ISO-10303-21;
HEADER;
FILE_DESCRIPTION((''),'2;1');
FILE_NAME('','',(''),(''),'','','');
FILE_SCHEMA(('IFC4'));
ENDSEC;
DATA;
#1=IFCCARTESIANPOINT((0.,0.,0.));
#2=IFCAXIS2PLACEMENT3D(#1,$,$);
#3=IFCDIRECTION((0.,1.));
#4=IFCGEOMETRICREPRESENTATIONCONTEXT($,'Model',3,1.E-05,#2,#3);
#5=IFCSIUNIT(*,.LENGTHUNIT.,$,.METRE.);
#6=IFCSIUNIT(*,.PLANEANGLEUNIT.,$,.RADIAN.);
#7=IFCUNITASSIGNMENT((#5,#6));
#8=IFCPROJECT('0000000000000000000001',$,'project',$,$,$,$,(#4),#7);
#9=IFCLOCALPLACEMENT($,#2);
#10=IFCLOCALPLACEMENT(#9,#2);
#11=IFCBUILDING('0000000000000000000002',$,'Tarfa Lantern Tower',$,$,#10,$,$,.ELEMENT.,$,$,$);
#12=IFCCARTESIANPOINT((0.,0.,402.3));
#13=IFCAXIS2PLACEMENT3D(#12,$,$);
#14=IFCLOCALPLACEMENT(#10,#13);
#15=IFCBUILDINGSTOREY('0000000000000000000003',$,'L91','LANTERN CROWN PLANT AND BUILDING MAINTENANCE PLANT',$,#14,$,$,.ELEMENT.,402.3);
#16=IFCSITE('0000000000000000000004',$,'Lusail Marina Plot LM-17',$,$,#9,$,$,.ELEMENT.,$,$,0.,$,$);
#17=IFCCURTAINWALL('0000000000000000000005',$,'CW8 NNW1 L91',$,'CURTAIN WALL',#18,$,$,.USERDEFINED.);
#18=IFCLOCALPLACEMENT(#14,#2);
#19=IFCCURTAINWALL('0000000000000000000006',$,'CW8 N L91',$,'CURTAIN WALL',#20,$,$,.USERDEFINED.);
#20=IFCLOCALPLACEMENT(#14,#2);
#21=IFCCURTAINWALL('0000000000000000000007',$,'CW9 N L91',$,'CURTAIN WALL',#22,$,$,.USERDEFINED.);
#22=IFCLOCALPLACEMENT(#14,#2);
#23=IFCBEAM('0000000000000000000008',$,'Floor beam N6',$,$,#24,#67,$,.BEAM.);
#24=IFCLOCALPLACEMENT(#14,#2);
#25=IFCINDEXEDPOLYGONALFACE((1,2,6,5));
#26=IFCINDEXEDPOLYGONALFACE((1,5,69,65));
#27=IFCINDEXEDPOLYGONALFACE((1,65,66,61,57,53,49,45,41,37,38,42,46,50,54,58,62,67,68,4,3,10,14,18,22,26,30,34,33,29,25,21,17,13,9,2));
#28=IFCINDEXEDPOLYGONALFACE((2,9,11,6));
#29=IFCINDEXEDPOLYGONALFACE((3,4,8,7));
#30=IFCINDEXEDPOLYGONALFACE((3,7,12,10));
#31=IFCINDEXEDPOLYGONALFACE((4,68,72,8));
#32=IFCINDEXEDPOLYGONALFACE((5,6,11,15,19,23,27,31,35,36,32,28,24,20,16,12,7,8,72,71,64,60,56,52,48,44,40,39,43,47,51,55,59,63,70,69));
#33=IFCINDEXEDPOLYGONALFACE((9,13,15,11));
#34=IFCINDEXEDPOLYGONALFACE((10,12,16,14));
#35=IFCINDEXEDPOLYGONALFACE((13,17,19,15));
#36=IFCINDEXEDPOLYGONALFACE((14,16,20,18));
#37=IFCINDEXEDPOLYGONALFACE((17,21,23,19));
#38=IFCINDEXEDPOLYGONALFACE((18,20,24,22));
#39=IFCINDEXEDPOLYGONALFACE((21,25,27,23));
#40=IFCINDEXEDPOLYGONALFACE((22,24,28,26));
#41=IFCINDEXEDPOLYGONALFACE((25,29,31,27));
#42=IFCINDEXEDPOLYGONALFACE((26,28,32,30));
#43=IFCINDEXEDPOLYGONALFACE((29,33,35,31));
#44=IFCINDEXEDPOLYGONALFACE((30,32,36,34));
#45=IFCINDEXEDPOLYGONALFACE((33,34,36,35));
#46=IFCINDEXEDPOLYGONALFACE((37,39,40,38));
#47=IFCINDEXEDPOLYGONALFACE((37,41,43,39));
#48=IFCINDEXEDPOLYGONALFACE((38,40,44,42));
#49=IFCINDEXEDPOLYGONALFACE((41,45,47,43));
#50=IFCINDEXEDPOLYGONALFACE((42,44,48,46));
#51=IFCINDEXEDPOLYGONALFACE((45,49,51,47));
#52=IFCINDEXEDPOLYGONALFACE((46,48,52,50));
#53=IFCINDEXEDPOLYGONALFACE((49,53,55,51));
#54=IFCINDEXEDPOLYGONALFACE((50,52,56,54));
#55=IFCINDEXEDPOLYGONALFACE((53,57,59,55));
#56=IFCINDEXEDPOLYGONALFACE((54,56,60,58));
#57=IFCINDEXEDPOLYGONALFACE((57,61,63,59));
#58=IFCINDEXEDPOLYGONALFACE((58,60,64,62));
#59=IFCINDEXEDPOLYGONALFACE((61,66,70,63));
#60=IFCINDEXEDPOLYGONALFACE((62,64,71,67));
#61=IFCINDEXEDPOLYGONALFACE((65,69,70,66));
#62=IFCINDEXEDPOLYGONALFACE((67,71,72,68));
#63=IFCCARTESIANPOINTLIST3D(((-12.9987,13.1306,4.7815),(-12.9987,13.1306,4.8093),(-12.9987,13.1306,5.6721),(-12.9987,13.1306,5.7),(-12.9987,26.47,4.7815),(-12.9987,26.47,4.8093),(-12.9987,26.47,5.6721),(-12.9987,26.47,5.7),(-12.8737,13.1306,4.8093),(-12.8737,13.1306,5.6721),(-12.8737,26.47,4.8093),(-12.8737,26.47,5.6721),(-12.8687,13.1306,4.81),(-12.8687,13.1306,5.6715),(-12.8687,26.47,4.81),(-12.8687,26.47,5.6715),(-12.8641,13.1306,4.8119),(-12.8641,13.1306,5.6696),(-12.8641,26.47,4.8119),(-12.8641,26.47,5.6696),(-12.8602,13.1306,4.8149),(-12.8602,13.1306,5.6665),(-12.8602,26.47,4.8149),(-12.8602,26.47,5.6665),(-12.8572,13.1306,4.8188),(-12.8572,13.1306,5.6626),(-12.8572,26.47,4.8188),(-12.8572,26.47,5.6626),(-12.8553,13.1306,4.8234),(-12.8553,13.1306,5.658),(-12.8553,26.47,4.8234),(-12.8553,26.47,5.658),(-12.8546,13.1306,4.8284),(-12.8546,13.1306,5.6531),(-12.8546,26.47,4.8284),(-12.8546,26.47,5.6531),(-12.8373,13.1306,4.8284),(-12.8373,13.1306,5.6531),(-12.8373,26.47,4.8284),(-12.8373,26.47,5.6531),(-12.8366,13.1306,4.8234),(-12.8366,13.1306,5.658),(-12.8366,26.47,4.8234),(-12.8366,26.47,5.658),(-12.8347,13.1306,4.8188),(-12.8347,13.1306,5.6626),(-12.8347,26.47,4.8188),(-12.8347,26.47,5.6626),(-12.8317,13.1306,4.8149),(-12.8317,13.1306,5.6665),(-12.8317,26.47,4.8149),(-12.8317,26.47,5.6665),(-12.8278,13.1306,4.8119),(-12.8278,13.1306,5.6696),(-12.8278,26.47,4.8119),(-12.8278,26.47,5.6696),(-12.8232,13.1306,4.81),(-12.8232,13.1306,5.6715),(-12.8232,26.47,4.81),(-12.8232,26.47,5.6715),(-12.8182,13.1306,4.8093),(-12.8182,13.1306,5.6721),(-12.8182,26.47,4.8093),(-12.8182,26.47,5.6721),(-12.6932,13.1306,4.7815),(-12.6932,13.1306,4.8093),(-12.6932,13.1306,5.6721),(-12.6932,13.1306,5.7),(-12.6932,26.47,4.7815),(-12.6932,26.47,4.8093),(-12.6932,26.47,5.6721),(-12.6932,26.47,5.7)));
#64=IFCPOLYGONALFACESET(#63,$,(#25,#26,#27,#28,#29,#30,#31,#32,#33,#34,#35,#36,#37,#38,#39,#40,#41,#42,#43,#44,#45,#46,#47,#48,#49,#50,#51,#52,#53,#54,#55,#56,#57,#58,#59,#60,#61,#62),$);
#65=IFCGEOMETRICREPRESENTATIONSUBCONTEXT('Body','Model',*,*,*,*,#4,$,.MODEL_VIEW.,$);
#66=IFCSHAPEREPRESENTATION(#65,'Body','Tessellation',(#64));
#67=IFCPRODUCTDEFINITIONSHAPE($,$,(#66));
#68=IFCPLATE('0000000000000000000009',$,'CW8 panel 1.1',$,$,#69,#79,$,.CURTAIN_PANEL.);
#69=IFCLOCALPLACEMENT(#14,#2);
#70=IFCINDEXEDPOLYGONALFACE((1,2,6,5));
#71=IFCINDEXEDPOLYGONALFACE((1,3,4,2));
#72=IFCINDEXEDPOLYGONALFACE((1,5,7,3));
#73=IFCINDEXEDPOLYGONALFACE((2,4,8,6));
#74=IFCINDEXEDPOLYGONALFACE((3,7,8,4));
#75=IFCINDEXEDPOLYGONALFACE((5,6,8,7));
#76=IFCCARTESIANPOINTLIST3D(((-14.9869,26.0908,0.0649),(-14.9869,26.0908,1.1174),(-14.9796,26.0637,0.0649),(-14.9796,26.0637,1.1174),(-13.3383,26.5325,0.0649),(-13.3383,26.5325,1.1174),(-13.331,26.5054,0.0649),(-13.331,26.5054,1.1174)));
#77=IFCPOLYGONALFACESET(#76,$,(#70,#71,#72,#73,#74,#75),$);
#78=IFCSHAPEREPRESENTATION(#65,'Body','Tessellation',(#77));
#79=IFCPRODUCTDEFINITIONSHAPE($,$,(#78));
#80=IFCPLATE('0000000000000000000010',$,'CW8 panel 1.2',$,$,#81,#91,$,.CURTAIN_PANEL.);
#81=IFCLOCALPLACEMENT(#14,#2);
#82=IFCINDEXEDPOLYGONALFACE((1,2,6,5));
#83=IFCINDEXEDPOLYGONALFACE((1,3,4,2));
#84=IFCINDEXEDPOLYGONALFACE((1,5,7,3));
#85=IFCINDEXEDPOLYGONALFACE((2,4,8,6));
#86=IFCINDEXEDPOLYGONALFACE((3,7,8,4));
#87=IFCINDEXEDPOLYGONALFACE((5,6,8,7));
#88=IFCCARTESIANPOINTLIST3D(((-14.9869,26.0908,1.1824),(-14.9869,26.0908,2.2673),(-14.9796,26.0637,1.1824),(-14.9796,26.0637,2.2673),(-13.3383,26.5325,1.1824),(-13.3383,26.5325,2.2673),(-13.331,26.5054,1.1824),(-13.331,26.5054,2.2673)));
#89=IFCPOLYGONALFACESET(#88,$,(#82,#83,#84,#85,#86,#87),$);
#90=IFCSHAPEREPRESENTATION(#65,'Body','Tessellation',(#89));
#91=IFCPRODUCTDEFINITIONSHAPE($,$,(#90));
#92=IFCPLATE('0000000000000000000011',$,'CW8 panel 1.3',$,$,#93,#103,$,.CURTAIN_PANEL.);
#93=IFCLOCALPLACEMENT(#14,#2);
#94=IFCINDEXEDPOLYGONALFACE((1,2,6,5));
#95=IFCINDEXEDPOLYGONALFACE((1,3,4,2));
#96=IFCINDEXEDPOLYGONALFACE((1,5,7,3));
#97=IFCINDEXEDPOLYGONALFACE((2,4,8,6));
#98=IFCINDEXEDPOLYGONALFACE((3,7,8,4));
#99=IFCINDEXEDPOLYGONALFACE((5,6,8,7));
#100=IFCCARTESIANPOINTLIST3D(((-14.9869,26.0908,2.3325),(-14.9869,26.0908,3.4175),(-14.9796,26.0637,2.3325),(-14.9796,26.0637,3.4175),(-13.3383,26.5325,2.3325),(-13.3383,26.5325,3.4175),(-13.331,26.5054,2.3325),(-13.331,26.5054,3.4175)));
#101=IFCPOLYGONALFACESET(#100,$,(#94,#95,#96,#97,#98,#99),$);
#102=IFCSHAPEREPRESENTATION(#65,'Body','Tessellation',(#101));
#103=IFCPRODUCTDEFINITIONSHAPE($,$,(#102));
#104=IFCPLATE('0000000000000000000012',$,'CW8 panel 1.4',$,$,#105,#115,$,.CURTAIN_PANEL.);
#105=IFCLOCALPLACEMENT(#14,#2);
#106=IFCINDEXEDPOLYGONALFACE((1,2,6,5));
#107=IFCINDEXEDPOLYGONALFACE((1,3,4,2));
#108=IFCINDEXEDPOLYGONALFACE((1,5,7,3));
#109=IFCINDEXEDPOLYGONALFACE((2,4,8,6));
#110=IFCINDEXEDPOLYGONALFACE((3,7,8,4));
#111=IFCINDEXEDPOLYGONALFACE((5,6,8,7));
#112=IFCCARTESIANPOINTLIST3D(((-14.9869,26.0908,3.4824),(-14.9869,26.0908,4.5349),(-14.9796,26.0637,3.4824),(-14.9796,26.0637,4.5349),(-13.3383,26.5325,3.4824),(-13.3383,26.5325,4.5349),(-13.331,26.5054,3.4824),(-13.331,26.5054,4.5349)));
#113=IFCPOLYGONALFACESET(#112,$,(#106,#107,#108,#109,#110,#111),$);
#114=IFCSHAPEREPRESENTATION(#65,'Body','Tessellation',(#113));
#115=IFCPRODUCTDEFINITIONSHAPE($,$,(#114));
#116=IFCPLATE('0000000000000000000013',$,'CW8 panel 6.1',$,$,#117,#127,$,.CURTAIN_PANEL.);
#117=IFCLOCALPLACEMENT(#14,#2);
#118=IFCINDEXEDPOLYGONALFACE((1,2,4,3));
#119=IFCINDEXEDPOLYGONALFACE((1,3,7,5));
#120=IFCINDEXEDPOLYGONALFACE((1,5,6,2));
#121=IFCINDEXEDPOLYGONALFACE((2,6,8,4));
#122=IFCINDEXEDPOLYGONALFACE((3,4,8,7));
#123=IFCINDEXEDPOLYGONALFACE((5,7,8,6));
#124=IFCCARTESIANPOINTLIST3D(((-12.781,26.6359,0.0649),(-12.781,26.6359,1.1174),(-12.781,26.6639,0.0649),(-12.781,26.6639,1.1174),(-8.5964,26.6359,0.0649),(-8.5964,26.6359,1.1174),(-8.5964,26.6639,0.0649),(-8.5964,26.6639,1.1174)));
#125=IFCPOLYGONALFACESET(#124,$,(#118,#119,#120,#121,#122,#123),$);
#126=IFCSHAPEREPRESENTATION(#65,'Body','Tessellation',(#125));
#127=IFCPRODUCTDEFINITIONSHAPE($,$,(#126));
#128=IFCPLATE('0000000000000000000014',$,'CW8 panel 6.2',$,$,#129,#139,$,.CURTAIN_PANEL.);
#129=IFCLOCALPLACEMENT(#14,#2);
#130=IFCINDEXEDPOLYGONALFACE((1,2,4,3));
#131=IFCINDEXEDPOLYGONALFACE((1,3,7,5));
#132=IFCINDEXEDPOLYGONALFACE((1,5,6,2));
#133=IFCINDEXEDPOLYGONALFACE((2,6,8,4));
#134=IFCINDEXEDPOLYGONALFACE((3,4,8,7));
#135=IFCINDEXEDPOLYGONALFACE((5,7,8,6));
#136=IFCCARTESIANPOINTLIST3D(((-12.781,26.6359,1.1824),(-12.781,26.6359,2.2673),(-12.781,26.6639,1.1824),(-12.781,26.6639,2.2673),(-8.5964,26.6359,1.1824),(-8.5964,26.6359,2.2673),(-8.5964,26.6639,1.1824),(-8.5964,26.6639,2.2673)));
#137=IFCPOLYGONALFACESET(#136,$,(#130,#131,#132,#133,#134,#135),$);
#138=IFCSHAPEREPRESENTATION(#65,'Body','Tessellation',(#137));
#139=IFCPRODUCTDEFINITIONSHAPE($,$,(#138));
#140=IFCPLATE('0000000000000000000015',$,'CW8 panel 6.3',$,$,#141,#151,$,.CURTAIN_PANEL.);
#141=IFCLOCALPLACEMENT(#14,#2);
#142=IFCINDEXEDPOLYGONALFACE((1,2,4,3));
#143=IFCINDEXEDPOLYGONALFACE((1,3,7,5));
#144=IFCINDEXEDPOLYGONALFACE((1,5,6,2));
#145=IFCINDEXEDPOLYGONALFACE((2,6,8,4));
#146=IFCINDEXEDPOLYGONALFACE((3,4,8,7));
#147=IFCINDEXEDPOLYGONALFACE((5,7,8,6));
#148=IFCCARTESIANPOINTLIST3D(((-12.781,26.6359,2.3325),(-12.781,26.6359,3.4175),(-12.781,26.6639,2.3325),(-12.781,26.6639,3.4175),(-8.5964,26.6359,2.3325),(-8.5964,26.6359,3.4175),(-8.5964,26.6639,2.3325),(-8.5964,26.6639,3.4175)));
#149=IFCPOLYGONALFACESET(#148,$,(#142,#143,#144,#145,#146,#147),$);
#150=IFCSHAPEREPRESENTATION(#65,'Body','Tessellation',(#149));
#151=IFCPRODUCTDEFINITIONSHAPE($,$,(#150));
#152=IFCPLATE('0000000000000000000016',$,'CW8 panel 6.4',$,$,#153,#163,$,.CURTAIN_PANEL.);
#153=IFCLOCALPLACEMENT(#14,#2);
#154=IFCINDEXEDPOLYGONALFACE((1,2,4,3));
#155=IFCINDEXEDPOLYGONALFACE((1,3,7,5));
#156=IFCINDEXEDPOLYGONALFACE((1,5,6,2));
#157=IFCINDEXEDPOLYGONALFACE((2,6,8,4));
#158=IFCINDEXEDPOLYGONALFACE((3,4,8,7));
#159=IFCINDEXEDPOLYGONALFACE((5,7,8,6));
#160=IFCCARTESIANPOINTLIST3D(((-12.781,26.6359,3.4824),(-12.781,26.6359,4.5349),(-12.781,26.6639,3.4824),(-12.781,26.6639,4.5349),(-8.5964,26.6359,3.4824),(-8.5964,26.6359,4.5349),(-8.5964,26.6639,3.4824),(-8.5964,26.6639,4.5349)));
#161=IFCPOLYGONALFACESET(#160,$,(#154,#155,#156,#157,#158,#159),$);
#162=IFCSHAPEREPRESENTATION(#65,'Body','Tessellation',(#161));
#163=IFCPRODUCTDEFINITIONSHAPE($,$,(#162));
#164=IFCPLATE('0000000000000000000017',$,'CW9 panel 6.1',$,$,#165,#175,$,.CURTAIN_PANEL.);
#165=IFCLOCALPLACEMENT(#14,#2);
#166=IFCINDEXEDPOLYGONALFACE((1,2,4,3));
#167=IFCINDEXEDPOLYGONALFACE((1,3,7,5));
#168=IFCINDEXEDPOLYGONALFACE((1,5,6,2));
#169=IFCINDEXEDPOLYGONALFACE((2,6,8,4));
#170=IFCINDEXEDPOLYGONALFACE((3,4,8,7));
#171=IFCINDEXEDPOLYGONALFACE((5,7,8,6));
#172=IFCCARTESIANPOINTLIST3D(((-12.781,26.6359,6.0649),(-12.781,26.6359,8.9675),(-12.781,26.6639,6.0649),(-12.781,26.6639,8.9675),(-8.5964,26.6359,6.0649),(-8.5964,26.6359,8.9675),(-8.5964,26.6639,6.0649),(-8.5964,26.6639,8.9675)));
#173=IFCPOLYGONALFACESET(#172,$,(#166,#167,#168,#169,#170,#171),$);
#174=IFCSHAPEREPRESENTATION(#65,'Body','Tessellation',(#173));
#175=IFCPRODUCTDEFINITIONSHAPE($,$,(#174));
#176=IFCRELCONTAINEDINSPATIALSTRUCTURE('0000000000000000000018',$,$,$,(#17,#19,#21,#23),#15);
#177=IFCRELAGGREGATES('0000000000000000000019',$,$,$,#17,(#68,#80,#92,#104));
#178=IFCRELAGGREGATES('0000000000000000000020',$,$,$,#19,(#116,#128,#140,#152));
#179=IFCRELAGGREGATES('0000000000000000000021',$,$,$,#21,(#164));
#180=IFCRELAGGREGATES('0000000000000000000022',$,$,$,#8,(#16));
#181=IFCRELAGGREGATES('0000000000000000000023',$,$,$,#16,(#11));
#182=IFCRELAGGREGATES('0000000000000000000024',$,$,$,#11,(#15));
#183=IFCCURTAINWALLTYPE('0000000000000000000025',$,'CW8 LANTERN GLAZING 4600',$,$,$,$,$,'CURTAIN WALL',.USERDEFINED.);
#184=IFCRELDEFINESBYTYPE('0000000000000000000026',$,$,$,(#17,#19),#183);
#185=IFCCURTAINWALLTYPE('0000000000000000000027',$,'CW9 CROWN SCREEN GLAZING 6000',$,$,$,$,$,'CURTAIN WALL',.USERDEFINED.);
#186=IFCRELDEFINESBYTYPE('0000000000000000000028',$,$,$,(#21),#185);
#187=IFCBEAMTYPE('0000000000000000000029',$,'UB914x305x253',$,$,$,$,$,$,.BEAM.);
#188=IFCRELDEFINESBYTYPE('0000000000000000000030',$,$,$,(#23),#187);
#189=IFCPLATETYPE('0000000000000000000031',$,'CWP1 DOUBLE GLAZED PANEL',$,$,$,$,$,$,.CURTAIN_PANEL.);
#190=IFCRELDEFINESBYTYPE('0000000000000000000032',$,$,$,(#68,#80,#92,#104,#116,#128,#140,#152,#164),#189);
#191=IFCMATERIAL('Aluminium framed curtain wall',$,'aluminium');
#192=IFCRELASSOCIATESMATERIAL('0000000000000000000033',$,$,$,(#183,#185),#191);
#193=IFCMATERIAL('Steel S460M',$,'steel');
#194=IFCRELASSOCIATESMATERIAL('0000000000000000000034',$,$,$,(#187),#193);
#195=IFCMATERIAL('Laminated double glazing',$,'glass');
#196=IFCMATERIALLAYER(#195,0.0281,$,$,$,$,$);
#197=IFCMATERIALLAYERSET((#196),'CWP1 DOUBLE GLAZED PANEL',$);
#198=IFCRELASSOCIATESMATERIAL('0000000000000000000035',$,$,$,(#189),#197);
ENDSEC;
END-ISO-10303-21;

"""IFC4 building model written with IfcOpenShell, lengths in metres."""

from ifc_helpers import new_model, si_unit, direction, frame, origin, origin_2d, place, context, subcontext, project, spatial, rectangle, i_section, extrude, material, layer, layer_set, material_profile, profile_set, type_object, element, aggregate, save


model = new_model("IFC4")

# Units and contexts
model_context = context("Model", 3, precision=1e-05, world=origin(), true_north=direction((0.0, 1.0)))
body_context = subcontext(model_context, "Body", "Model", "MODEL_VIEW")
ifc_project = project(units=[si_unit("LENGTHUNIT", "METRE"), si_unit("PLANEANGLEUNIT", "RADIAN")], contexts=[model_context])

# Site, building, storey
site_placement = place(None, origin())
site = spatial("IfcSite", under=ifc_project, at=site_placement, Name="Lusail Marina Plot LM-17", CompositionType="ELEMENT", RefElevation=0.0)
building_placement = place(site_placement, origin())
building = spatial("IfcBuilding", under=site, at=building_placement, Name="Tarfa Lantern Tower", CompositionType="ELEMENT")
storey_placement = place(building_placement, frame((0.0, 0.0, 402.3)))
storey = spatial("IfcBuildingStorey", under=building, at=storey_placement, Name="L91", Description="LANTERN CROWN PLANT AND BUILDING MAINTENANCE PLANT", CompositionType="ELEMENT", Elevation=402.3)

# Curtain walls
ifc_material_1 = material(Name="Aluminium framed curtain wall", Category="aluminium")
curtain_wall_type_1 = type_object("IfcCurtainWallType", Name="CW8 LANTERN GLAZING 4600", ElementType="CURTAIN WALL", PredefinedType="USERDEFINED", material=ifc_material_1)
curtain_wall_1_placement = place(storey_placement, origin())
curtain_wall_1 = element("IfcCurtainWall", 1, at=curtain_wall_1_placement, inside=storey, type_object=curtain_wall_type_1, Name="CW8 NNW1 L91", ObjectType="CURTAIN WALL", PredefinedType="USERDEFINED")
curtain_wall_2_placement = place(storey_placement, origin())
curtain_wall_2 = element("IfcCurtainWall", 2, at=curtain_wall_2_placement, inside=storey, type_object=curtain_wall_type_1, Name="CW8 N L91", ObjectType="CURTAIN WALL", PredefinedType="USERDEFINED")
curtain_wall_type_2 = type_object("IfcCurtainWallType", Name="CW9 CROWN SCREEN GLAZING 6000", ElementType="CURTAIN WALL", PredefinedType="USERDEFINED", material=ifc_material_1)
curtain_wall_3_placement = place(storey_placement, origin())
curtain_wall_3 = element("IfcCurtainWall", 3, at=curtain_wall_3_placement, inside=storey, type_object=curtain_wall_type_2, Name="CW9 N L91", ObjectType="CURTAIN WALL", PredefinedType="USERDEFINED")

# Beam
ifc_material_2 = material(Name="Steel S460M", Category="steel")
ifc_material_profile_1 = material_profile(ifc_material_2, i_section(OverallWidth=0.3054, OverallDepth=0.9185, WebThickness=0.0173, FlangeThickness=0.0278, FilletRadius=0.019, at=origin_2d()), Name="UB914x305x253")
ifc_profile_set_1 = profile_set([ifc_material_profile_1], Name="Steel S460M")
beam_type_1 = type_object("IfcBeamType", Name="UB914x305x253", PredefinedType="BEAM", material=ifc_profile_set_1)
beam_1_placement = place(storey_placement, frame((-12.8459, 26.47, 5.2407), z_axis=(0.0, -1.0, 0.0), x_axis=(1.0, 0.0, 0.0)))
element("IfcBeam", 4, at=beam_1_placement, inside=storey, type_object=beam_type_1, Name="Floor beam N6", PredefinedType="BEAM", context=body_context, shape_type="SweptSolid", body=[
    extrude(i_section(OverallWidth=0.3054, OverallDepth=0.9185, WebThickness=0.0173, FlangeThickness=0.0278, FilletRadius=0.019, at=origin_2d()), origin(), (0.0, 0.0, 1.0), 13.3394),
])

# Plates
ifc_material_3 = material(Name="Laminated double glazing", Category="glass")
ifc_layer = layer(ifc_material_3, 0.0281)
ifc_layer_set = layer_set([ifc_layer], Name="CWP1 DOUBLE GLAZED PANEL")
plate_type = type_object("IfcPlateType", Name="CWP1 DOUBLE GLAZED PANEL", PredefinedType="CURTAIN_PANEL", material=ifc_layer_set)
plate_1_placement = place(storey_placement, frame((-14.1589, 26.2981, 0.0649), z_axis=(0.0, 0.0, 1.0), x_axis=(-0.965926, -0.258819, 0.0)))
plate_1 = element("IfcPlate", 5, at=plate_1_placement, type_object=plate_type, Name="CW8 panel 1.1", PredefinedType="CURTAIN_PANEL", context=body_context, shape_type="SweptSolid", body=[
    extrude(rectangle(XDim=1.7068, YDim=0.0281, at=origin_2d()), origin(), (0.0, 0.0, 1.0), 1.0525),
])
plate_2_placement = place(storey_placement, frame((-14.1589, 26.2981, 1.1824), z_axis=(0.0, 0.0, 1.0), x_axis=(-0.965926, -0.258819, 0.0)))
plate_2 = element("IfcPlate", 6, at=plate_2_placement, type_object=plate_type, Name="CW8 panel 1.2", PredefinedType="CURTAIN_PANEL", context=body_context, shape_type="SweptSolid", body=[
    extrude(rectangle(XDim=1.7068, YDim=0.0281, at=origin_2d()), origin(), (0.0, 0.0, 1.0), 1.085),
])
plate_3_placement = place(storey_placement, frame((-14.1589, 26.2981, 2.3325), z_axis=(0.0, 0.0, 1.0), x_axis=(-0.965926, -0.258819, 0.0)))
plate_3 = element("IfcPlate", 7, at=plate_3_placement, type_object=plate_type, Name="CW8 panel 1.3", PredefinedType="CURTAIN_PANEL", context=body_context, shape_type="SweptSolid", body=[
    extrude(rectangle(XDim=1.7068, YDim=0.0281, at=origin_2d()), origin(), (0.0, 0.0, 1.0), 1.085),
])
plate_4_placement = place(storey_placement, frame((-14.1589, 26.2981, 3.4824), z_axis=(0.0, 0.0, 1.0), x_axis=(-0.965926, -0.258819, 0.0)))
plate_4 = element("IfcPlate", 8, at=plate_4_placement, type_object=plate_type, Name="CW8 panel 1.4", PredefinedType="CURTAIN_PANEL", context=body_context, shape_type="SweptSolid", body=[
    extrude(rectangle(XDim=1.7068, YDim=0.0281, at=origin_2d()), origin(), (0.0, 0.0, 1.0), 1.0525),
])
aggregate(curtain_wall_1, [plate_1, plate_2, plate_3, plate_4])
plate_5_placement = place(storey_placement, frame((-10.6887, 26.6499, 0.0649), z_axis=(0.0, 0.0, 1.0), x_axis=(-1.0, 0.0, 0.0)))
plate_5 = element("IfcPlate", 9, at=plate_5_placement, type_object=plate_type, Name="CW8 panel 6.1", PredefinedType="CURTAIN_PANEL", context=body_context, shape_type="SweptSolid", body=[
    extrude(rectangle(XDim=4.1846, YDim=0.0281, at=origin_2d()), origin(), (0.0, 0.0, 1.0), 1.0525),
])
plate_6_placement = place(storey_placement, frame((-10.6887, 26.6499, 1.1824), z_axis=(0.0, 0.0, 1.0), x_axis=(-1.0, 0.0, 0.0)))
plate_6 = element("IfcPlate", 10, at=plate_6_placement, type_object=plate_type, Name="CW8 panel 6.2", PredefinedType="CURTAIN_PANEL", context=body_context, shape_type="SweptSolid", body=[
    extrude(rectangle(XDim=4.1846, YDim=0.0281, at=origin_2d()), origin(), (0.0, 0.0, 1.0), 1.085),
])
plate_7_placement = place(storey_placement, frame((-10.6887, 26.6499, 2.3325), z_axis=(0.0, 0.0, 1.0), x_axis=(-1.0, 0.0, 0.0)))
plate_7 = element("IfcPlate", 11, at=plate_7_placement, type_object=plate_type, Name="CW8 panel 6.3", PredefinedType="CURTAIN_PANEL", context=body_context, shape_type="SweptSolid", body=[
    extrude(rectangle(XDim=4.1846, YDim=0.0281, at=origin_2d()), origin(), (0.0, 0.0, 1.0), 1.085),
])
plate_8_placement = place(storey_placement, frame((-10.6887, 26.6499, 3.4824), z_axis=(0.0, 0.0, 1.0), x_axis=(-1.0, 0.0, 0.0)))
plate_8 = element("IfcPlate", 12, at=plate_8_placement, type_object=plate_type, Name="CW8 panel 6.4", PredefinedType="CURTAIN_PANEL", context=body_context, shape_type="SweptSolid", body=[
    extrude(rectangle(XDim=4.1846, YDim=0.0281, at=origin_2d()), origin(), (0.0, 0.0, 1.0), 1.0525),
])
aggregate(curtain_wall_2, [plate_5, plate_6, plate_7, plate_8])
plate_9_placement = place(storey_placement, frame((-10.6887, 26.6499, 6.0649), z_axis=(0.0, 0.0, 1.0), x_axis=(-1.0, 0.0, 0.0)))
plate_9 = element("IfcPlate", 13, at=plate_9_placement, type_object=plate_type, Name="CW9 panel 6.1", PredefinedType="CURTAIN_PANEL", context=body_context, shape_type="SweptSolid", body=[
    extrude(rectangle(XDim=4.1846, YDim=0.0281, at=origin_2d()), origin(), (0.0, 0.0, 1.0), 2.9026),
])
aggregate(curtain_wall_3, [plate_9])

save(model, "model.ifc")
